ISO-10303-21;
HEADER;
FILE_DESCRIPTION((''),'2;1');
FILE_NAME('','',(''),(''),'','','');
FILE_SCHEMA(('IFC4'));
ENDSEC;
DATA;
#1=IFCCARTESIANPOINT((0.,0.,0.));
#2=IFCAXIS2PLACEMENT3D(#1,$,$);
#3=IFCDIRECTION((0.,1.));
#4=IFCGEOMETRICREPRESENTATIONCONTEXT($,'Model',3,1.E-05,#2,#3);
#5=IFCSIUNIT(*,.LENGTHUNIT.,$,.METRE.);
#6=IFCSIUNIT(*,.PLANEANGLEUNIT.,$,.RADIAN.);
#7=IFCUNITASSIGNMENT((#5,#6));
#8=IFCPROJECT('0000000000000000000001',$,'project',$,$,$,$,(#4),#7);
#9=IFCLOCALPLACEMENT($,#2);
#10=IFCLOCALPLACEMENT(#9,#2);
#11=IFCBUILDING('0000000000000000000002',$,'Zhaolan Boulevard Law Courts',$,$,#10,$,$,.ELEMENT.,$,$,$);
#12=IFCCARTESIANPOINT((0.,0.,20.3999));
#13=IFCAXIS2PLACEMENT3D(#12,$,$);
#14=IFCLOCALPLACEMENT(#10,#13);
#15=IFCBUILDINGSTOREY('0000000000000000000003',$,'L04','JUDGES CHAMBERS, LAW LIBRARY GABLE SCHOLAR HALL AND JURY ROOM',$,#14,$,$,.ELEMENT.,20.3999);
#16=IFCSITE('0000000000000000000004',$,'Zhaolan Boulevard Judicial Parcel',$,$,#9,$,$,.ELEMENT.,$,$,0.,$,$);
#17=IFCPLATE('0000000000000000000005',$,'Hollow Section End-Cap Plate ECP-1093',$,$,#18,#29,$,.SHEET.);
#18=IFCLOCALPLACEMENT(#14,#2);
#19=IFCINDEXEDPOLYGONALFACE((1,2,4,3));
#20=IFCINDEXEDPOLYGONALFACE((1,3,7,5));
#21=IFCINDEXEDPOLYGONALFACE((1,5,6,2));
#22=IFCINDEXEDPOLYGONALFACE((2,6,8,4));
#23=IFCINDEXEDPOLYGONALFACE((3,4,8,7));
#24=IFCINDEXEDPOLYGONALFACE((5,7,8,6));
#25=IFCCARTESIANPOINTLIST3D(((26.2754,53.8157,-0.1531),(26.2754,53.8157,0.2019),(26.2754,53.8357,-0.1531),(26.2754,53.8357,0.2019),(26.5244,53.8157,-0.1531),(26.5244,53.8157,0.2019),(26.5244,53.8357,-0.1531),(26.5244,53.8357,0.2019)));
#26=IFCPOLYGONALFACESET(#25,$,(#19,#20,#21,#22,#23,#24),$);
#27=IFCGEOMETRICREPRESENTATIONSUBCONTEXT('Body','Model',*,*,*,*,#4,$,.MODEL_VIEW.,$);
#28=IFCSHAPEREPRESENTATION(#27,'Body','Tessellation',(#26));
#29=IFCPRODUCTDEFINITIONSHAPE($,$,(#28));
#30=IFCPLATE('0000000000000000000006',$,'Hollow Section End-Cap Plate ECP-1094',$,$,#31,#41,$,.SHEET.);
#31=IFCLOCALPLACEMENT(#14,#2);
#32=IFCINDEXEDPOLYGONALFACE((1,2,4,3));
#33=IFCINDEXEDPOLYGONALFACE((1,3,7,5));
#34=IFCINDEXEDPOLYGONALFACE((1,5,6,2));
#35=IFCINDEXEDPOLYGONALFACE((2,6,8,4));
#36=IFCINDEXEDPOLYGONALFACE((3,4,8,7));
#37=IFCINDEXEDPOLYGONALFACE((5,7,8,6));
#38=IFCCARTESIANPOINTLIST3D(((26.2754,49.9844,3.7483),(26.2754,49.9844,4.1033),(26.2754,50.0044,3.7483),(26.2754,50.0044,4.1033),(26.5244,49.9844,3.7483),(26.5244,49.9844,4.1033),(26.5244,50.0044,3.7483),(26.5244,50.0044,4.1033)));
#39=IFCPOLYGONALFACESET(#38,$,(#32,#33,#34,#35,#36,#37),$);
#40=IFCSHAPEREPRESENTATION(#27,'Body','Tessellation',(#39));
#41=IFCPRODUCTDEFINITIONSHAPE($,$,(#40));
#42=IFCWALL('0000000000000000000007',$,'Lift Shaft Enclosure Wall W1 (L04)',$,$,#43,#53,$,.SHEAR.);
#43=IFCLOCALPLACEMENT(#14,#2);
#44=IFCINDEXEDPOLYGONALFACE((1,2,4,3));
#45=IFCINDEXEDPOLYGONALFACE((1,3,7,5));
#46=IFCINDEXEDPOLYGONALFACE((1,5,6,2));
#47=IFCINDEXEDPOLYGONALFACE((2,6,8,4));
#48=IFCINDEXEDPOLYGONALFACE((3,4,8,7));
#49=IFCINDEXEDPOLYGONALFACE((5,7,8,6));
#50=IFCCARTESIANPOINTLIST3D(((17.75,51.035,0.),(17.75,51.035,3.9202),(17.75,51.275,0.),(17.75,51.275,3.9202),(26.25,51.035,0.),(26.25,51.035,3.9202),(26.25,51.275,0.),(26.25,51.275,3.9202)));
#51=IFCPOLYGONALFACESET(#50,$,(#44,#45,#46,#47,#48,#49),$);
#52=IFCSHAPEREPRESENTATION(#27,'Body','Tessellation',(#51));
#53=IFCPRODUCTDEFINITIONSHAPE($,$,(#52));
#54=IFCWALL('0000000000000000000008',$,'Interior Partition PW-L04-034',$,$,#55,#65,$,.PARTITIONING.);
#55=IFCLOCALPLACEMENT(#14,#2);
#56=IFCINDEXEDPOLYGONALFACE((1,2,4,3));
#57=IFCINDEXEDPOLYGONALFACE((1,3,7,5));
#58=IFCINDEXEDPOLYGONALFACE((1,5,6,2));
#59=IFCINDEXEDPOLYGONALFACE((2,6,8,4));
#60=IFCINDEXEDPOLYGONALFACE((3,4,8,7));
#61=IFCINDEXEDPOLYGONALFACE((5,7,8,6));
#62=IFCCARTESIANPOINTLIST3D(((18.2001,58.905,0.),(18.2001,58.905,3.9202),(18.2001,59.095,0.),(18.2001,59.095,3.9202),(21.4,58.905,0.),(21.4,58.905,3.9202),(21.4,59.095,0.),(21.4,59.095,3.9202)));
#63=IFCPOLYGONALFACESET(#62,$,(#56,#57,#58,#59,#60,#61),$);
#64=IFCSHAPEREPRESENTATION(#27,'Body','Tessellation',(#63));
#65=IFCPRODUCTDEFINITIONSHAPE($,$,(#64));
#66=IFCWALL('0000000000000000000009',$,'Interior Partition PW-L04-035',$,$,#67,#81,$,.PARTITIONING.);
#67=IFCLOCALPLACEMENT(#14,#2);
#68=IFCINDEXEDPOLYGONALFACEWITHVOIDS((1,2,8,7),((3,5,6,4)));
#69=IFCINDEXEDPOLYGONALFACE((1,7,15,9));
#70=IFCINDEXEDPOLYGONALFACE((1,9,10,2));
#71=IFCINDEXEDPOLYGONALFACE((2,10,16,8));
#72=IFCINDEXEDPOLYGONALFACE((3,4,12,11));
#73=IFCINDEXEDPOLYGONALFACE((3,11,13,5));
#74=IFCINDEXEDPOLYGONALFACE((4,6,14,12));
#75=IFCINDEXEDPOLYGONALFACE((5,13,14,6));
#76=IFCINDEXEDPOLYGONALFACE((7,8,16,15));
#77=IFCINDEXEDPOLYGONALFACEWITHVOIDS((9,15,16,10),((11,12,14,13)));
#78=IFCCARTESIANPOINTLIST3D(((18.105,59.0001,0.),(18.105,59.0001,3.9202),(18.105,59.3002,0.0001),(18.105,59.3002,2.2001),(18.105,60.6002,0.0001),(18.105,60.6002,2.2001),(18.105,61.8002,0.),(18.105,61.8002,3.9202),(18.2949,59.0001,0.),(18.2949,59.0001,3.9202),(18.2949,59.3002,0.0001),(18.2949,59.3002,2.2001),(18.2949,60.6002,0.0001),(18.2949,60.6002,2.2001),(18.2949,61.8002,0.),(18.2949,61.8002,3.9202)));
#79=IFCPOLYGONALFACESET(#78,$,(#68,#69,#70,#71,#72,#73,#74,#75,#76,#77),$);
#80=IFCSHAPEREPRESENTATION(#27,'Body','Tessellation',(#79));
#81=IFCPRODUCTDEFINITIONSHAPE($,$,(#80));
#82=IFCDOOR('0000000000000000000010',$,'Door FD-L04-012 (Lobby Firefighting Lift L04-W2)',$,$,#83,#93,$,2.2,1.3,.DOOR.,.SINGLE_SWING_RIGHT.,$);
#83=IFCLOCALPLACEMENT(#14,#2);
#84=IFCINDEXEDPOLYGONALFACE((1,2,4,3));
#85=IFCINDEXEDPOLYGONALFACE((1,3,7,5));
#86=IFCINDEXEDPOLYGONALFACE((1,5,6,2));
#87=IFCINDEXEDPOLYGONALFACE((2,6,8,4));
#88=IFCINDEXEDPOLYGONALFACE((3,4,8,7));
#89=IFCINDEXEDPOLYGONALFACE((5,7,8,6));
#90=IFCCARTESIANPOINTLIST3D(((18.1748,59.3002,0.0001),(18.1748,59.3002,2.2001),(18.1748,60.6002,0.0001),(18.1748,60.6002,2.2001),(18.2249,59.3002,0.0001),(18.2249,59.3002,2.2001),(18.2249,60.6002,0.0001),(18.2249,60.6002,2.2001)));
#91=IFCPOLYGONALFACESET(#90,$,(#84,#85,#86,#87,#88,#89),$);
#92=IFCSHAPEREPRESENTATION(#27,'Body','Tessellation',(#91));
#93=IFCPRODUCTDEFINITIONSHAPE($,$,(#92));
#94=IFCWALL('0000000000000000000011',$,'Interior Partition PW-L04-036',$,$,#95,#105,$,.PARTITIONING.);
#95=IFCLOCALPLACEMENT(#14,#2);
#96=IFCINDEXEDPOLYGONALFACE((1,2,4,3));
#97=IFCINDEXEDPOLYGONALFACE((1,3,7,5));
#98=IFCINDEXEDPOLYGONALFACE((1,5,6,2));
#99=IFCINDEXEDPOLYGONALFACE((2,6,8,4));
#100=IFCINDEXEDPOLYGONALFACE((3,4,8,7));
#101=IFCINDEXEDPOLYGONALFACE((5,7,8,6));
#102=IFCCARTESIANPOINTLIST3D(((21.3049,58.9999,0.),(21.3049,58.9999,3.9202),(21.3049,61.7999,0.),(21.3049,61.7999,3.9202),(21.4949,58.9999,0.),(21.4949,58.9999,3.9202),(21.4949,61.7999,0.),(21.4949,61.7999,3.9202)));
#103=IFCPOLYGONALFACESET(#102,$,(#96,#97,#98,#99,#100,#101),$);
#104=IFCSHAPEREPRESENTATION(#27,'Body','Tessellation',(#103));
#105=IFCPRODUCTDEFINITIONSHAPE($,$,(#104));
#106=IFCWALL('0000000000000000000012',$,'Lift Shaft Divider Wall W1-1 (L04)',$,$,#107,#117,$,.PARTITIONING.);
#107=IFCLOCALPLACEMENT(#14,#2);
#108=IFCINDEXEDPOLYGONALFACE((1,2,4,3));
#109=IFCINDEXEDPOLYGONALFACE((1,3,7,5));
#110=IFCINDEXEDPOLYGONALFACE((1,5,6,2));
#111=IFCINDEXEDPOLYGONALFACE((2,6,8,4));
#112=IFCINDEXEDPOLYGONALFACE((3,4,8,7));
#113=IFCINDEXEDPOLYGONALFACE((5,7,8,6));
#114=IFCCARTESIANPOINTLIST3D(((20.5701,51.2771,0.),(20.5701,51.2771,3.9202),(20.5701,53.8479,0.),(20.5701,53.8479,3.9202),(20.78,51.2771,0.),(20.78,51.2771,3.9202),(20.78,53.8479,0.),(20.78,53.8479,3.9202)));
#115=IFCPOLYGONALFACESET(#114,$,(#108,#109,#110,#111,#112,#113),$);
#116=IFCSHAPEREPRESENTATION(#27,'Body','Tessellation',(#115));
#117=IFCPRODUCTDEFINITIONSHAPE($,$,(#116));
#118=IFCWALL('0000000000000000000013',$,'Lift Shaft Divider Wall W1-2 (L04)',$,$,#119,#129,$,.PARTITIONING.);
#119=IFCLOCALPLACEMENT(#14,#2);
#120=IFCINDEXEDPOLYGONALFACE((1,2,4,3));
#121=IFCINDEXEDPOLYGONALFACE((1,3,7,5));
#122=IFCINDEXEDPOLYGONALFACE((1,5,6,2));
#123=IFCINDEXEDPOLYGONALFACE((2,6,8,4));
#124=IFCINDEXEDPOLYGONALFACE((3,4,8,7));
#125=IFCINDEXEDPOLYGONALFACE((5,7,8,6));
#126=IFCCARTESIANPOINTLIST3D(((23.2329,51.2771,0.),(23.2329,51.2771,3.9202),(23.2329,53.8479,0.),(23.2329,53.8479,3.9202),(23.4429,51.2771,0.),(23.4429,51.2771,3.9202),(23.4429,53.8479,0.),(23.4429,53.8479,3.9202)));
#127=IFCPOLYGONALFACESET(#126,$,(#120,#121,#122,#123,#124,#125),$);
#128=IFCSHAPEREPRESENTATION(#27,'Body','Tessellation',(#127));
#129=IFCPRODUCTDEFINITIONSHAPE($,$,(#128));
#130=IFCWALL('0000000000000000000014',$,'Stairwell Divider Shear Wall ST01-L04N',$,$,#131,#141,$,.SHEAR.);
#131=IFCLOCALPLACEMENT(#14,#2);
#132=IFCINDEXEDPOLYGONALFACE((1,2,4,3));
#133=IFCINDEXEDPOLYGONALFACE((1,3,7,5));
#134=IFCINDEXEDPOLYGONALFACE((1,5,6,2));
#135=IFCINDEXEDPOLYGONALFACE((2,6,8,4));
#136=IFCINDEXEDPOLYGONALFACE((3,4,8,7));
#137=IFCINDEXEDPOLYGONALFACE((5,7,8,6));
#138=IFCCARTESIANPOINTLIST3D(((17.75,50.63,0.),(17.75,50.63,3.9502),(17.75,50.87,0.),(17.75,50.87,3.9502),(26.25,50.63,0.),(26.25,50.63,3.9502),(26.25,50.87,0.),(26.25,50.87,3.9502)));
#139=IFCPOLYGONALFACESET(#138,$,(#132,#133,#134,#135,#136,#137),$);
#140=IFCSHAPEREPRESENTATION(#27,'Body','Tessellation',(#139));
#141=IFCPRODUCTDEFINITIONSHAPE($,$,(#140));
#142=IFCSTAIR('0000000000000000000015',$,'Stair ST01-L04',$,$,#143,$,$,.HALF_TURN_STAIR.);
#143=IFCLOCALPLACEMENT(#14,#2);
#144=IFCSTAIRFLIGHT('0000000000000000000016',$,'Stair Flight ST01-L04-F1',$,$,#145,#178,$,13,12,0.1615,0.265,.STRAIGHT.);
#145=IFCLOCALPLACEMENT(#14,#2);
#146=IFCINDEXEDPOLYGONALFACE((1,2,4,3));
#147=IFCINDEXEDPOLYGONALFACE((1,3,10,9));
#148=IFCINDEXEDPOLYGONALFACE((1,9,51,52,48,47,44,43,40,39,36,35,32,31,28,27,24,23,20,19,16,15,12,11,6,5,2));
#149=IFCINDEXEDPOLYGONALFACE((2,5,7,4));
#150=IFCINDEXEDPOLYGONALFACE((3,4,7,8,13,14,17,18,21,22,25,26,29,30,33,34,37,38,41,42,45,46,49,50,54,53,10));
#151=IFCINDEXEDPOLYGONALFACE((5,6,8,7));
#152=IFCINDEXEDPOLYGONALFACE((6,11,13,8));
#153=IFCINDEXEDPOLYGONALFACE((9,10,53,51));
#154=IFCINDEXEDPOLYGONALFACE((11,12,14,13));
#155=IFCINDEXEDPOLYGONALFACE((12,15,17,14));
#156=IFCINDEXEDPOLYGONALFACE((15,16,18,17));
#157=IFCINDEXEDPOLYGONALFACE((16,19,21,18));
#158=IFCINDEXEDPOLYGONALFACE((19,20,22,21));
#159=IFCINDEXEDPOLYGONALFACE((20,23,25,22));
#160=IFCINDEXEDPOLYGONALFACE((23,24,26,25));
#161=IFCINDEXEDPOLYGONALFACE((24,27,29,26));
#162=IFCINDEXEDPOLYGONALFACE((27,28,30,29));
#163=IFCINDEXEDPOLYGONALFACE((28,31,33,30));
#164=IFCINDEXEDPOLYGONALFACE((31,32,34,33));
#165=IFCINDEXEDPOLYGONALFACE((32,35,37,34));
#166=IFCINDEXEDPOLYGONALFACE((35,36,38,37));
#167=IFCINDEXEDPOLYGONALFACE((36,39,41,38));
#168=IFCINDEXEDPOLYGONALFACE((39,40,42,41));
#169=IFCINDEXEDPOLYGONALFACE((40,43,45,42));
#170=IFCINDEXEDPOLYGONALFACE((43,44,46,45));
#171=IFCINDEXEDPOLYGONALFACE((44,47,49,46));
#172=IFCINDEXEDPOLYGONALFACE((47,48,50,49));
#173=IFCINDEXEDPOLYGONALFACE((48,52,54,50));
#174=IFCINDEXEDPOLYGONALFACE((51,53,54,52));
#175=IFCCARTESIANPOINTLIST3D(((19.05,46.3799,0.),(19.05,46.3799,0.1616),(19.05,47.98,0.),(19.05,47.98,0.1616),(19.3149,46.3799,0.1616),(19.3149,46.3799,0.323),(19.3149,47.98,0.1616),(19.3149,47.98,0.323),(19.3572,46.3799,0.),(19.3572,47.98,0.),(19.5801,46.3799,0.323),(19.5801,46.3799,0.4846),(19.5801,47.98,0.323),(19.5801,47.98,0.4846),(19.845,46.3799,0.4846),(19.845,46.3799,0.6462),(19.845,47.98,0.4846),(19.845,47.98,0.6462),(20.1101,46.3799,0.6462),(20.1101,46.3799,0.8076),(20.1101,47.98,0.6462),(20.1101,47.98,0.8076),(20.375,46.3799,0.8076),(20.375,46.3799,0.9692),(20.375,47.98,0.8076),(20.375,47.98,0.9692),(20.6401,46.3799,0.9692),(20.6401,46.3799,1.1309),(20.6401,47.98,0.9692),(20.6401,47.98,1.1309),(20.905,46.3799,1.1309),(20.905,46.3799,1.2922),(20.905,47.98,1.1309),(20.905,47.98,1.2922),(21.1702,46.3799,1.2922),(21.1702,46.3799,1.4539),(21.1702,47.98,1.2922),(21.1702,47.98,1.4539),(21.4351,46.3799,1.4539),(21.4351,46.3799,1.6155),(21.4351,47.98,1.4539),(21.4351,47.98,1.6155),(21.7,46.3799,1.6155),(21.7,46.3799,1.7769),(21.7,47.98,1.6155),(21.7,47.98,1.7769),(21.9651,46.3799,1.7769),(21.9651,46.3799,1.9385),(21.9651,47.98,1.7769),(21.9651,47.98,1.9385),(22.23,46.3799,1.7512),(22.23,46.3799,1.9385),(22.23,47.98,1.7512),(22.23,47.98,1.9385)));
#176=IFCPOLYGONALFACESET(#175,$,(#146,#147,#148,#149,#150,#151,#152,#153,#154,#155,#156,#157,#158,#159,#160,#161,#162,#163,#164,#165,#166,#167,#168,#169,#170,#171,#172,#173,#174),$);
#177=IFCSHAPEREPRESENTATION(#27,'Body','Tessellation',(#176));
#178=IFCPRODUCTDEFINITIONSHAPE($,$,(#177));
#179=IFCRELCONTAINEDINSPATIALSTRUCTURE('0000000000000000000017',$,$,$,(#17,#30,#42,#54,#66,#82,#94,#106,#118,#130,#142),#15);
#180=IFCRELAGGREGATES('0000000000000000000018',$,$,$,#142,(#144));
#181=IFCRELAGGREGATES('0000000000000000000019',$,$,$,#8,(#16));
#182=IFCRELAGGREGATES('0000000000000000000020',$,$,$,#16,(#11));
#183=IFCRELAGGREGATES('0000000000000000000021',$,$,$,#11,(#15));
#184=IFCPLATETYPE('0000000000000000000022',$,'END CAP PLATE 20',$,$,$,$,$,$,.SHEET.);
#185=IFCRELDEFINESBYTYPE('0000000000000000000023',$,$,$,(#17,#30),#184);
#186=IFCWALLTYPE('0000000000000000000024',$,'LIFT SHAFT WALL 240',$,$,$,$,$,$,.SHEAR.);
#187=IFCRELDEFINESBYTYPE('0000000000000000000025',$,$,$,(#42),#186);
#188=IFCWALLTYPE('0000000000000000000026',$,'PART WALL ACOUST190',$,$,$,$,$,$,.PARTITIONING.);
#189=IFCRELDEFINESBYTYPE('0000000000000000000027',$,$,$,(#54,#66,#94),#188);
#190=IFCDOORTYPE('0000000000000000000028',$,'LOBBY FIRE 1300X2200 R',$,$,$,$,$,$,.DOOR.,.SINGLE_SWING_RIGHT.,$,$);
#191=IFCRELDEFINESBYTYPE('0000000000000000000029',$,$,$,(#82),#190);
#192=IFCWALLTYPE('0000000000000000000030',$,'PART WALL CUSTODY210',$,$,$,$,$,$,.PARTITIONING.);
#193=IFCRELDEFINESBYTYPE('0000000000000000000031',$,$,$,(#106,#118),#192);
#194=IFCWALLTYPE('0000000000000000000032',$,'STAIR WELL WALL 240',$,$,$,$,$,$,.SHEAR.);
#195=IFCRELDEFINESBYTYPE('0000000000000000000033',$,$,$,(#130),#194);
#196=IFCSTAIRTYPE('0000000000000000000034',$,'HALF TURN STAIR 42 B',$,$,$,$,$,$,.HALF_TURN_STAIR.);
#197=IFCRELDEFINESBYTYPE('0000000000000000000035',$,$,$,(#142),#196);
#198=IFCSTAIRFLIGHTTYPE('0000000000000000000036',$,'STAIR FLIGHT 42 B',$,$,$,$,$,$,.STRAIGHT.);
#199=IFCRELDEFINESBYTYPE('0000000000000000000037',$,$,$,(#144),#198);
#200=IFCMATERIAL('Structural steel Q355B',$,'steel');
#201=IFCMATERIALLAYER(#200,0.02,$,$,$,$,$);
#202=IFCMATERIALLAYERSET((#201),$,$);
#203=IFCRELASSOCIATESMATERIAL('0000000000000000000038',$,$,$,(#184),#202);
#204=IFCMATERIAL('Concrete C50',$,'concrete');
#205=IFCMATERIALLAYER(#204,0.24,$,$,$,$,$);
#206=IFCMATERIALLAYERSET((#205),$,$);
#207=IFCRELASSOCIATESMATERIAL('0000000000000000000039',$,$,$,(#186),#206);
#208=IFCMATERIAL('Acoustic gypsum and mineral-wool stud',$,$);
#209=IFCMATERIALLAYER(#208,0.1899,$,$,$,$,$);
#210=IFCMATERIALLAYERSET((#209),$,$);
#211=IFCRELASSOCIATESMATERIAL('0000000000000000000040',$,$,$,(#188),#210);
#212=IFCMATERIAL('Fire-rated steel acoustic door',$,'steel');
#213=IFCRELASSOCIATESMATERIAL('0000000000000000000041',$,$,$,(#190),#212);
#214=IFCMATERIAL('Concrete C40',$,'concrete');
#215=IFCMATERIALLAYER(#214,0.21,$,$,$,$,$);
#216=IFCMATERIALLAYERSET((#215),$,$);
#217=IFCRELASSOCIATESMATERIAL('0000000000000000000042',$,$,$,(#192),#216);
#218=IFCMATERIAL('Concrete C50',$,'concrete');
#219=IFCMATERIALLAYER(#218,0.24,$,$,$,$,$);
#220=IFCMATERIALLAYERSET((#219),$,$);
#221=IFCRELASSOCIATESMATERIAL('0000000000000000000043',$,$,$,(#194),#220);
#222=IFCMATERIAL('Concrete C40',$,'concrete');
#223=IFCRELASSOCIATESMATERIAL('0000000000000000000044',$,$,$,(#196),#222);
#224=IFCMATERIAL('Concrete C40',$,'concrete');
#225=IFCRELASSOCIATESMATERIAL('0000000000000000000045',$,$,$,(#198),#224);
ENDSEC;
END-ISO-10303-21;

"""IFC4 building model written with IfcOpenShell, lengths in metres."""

from ifc_helpers import new_model, si_unit, direction, frame, frame_2d, origin, origin_2d, place, context, subcontext, project, spatial, polyline, rectangle, outline, extrude, material, layer, layer_set, type_object, element, fill, aggregate, save


model = new_model("IFC4")

# Units and contexts
model_context = context("Model", 3, precision=1e-05, world=origin(), true_north=direction((0.0, 1.0)))
body_context = subcontext(model_context, "Body", "Model", "MODEL_VIEW")
ifc_project = project(units=[si_unit("LENGTHUNIT", "METRE"), si_unit("PLANEANGLEUNIT", "RADIAN")], contexts=[model_context])

# Site, building, storey
site_placement = place(None, origin())
site = spatial("IfcSite", under=ifc_project, at=site_placement, Name="Zhaolan Boulevard Judicial Parcel", CompositionType="ELEMENT", RefElevation=0.0)
building_placement = place(site_placement, origin())
building = spatial("IfcBuilding", under=site, at=building_placement, Name="Zhaolan Boulevard Law Courts", CompositionType="ELEMENT")
storey_placement = place(building_placement, frame((0.0, 0.0, 20.3999)))
storey = spatial("IfcBuildingStorey", under=building, at=storey_placement, Name="L04", Description="JUDGES CHAMBERS, LAW LIBRARY GABLE SCHOLAR HALL AND JURY ROOM", CompositionType="ELEMENT", Elevation=20.3999)

# Plates
ifc_material_1 = material(Name="Structural steel Q355B", Category="steel")
ifc_layer_1 = layer(ifc_material_1, 0.02)
ifc_layer_set_1 = layer_set([ifc_layer_1])
plate_type_1 = type_object("IfcPlateType", Name="END CAP PLATE 20", PredefinedType="SHEET", material=ifc_layer_set_1)
for number, where, z_axis, x_axis, name in (
    (1, (26.3999, 53.8257, -0.1531), (0.0, 0.0, 1.0), (0.0, -1.0, 0.0), "Hollow Section End-Cap Plate ECP-1093"),
    (2, (26.3999, 49.9944, 3.7483), (0.0, 0.0, 1.0), (0.0, -1.0, 0.0), "Hollow Section End-Cap Plate ECP-1094"),
):
    element("IfcPlate", number, at=place(storey_placement, frame(where, z_axis=z_axis, x_axis=x_axis)), inside=storey, type_object=plate_type_1, Name=name, PredefinedType="SHEET", context=body_context, shape_type="SweptSolid", body=[
        extrude(rectangle(XDim=0.02, YDim=0.249, at=origin_2d()), origin(), (0.0, 0.0, 1.0), 0.355),
    ])

# Walls
ifc_material_2 = material(Name="Concrete C50", Category="concrete")
ifc_layer_2 = layer(ifc_material_2, 0.24)
ifc_layer_set_2 = layer_set([ifc_layer_2])
wall_type_1 = type_object("IfcWallType", Name="LIFT SHAFT WALL 240", PredefinedType="SHEAR", material=ifc_layer_set_2)
wall_1_placement = place(storey_placement, frame((17.75, 51.155, 0.0), z_axis=(0.0, 0.0, 1.0), x_axis=(1.0, 0.0, 0.0)))
element("IfcWall", 3, at=wall_1_placement, inside=storey, type_object=wall_type_1, Name="Lift Shaft Enclosure Wall W1 (L04)", PredefinedType="SHEAR", context=body_context, shape_type="SweptSolid", body=[
    extrude(rectangle(XDim=8.5, YDim=0.24, at=frame_2d((4.25, 0.0))), origin(), (0.0, 0.0, 1.0), 3.9202),
])
ifc_material_3 = material(Name="Acoustic gypsum and mineral-wool stud")
ifc_layer_3 = layer(ifc_material_3, 0.1899)
ifc_layer_set_3 = layer_set([ifc_layer_3])
wall_type_2 = type_object("IfcWallType", Name="PART WALL ACOUST190", PredefinedType="PARTITIONING", material=ifc_layer_set_3)
wall_2_placement = place(storey_placement, frame((18.2, 59.0, 0.0), z_axis=(0.0, 0.0, 1.0), x_axis=(1.0, 0.0, 0.0)))
element("IfcWall", 4, at=wall_2_placement, inside=storey, type_object=wall_type_2, Name="Interior Partition PW-L04-034", PredefinedType="PARTITIONING", context=body_context, shape_type="SweptSolid", body=[
    extrude(rectangle(XDim=3.2, YDim=0.1899, at=frame_2d((1.6001, 0.0))), origin(), (0.0, 0.0, 1.0), 3.9202),
])

# Wall, opening, door
wall_3_placement = place(storey_placement, frame((18.2, 61.8, 0.0), z_axis=(0.0, 0.0, 1.0), x_axis=(0.0, -1.0, 0.0)))
wall_3 = element("IfcWall", 5, at=wall_3_placement, inside=storey, type_object=wall_type_2, Name="Interior Partition PW-L04-035", PredefinedType="PARTITIONING", context=body_context, shape_type="SweptSolid", body=[
    extrude(rectangle(XDim=2.8, YDim=0.1899, at=frame_2d((1.3999, 0.0))), origin(), (0.0, 0.0, 1.0), 3.9202),
])
opening_1_placement = place(wall_3_placement, frame((1.2, 0.0, 0.0)))
opening_1 = element("IfcOpeningElement", 6, at=opening_1_placement, cuts=wall_3, PredefinedType="OPENING", context=body_context, shape_type="SweptSolid", body=[
    extrude(rectangle(XDim=1.3, YDim=2.2, at=frame_2d((0.6499, 1.1001))), frame((0.0, 0.105, 0.0), z_axis=(0.0, -1.0, 0.0), x_axis=(1.0, 0.0, 0.0)), (0.0, 0.0, 1.0), 0.21),
])
ifc_material_4 = material(Name="Fire-rated steel acoustic door", Category="steel")
door_type_1 = type_object("IfcDoorType", Name="LOBBY FIRE 1300X2200 R", OperationType="SINGLE_SWING_RIGHT", PredefinedType="DOOR", material=ifc_material_4)
door_1_placement = place(opening_1_placement, origin())
door_1 = element("IfcDoor", 7, at=door_1_placement, inside=storey, type_object=door_type_1, Name="Door FD-L04-012 (Lobby Firefighting Lift L04-W2)", OperationType="SINGLE_SWING_RIGHT", OverallHeight=2.2, OverallWidth=1.3, PredefinedType="DOOR", context=body_context, shape_type="SweptSolid", body=[
    extrude(rectangle(XDim=1.3, YDim=2.2, at=frame_2d((0.6499, 1.1001))), frame((0.0, 0.0249, 0.0), z_axis=(0.0, -1.0, 0.0), x_axis=(1.0, 0.0, 0.0)), (0.0, 0.0, 1.0), 0.05),
])
fill(opening_1, door_1)

# Walls
wall_4_placement = place(storey_placement, frame((21.3999, 59.0, 0.0), z_axis=(0.0, 0.0, 1.0), x_axis=(0.0, 1.0, 0.0)))
element("IfcWall", 8, at=wall_4_placement, inside=storey, type_object=wall_type_2, Name="Interior Partition PW-L04-036", PredefinedType="PARTITIONING", context=body_context, shape_type="SweptSolid", body=[
    extrude(rectangle(XDim=2.8, YDim=0.1899, at=frame_2d((1.3999, 0.0))), origin(), (0.0, 0.0, 1.0), 3.9202),
])
ifc_material_5 = material(Name="Concrete C40", Category="concrete")
ifc_layer_4 = layer(ifc_material_5, 0.21)
ifc_layer_set_4 = layer_set([ifc_layer_4])
wall_type_3 = type_object("IfcWallType", Name="PART WALL CUSTODY210", PredefinedType="PARTITIONING", material=ifc_layer_set_4)
for number, where, z_axis, x_axis, name in (
    (9, (20.675, 51.2771, 0.0), (0.0, 0.0, 1.0), (0.0, 1.0, 0.0), "Lift Shaft Divider Wall W1-1 (L04)"),
    (10, (23.3379, 51.2771, 0.0), (0.0, 0.0, 1.0), (0.0, 1.0, 0.0), "Lift Shaft Divider Wall W1-2 (L04)"),
):
    element("IfcWall", number, at=place(storey_placement, frame(where, z_axis=z_axis, x_axis=x_axis)), inside=storey, type_object=wall_type_3, Name=name, PredefinedType="PARTITIONING", context=body_context, shape_type="SweptSolid", body=[
        extrude(rectangle(XDim=2.5708, YDim=0.21, at=frame_2d((1.2854, 0.0))), origin(), (0.0, 0.0, 1.0), 3.9202),
    ])
ifc_material_6 = material(Name="Concrete C50", Category="concrete")
ifc_layer_5 = layer(ifc_material_6, 0.24)
ifc_layer_set_5 = layer_set([ifc_layer_5])
wall_type_4 = type_object("IfcWallType", Name="STAIR WELL WALL 240", PredefinedType="SHEAR", material=ifc_layer_set_5)
wall_5_placement = place(storey_placement, frame((17.75, 50.75, 0.0), z_axis=(0.0, 0.0, 1.0), x_axis=(1.0, 0.0, 0.0)))
element("IfcWall", 11, at=wall_5_placement, inside=storey, type_object=wall_type_4, Name="Stairwell Divider Shear Wall ST01-L04N", PredefinedType="SHEAR", context=body_context, shape_type="SweptSolid", body=[
    extrude(rectangle(XDim=8.5, YDim=0.24, at=frame_2d((4.25, 0.0))), origin(), (0.0, 0.0, 1.0), 3.9502),
])

# Stair, stair flight
ifc_material_7 = material(Name="Concrete C40", Category="concrete")
stair_type = type_object("IfcStairType", Name="HALF TURN STAIR 42 B", PredefinedType="HALF_TURN_STAIR", material=ifc_material_7)
stair_placement = place(storey_placement, origin())
stair = element("IfcStair", 12, at=stair_placement, inside=storey, type_object=stair_type, Name="Stair ST01-L04", PredefinedType="HALF_TURN_STAIR")
ifc_material_8 = material(Name="Concrete C40", Category="concrete")
stair_flight_type = type_object("IfcStairFlightType", Name="STAIR FLIGHT 42 B", PredefinedType="STRAIGHT", material=ifc_material_8)
stair_flight_1_placement = place(storey_placement, frame((19.05, 47.1799, 0.0), z_axis=(0.0, 0.0, 1.0), x_axis=(1.0, 0.0, 0.0)))
stair_flight_1 = element("IfcStairFlight", 13, at=stair_flight_1_placement, type_object=stair_flight_type, Name="Stair Flight ST01-L04-F1", NumberOfRisers=13, NumberOfTreads=12, PredefinedType="STRAIGHT", RiserHeight=0.1615, TreadLength=0.265, context=body_context, shape_type="SweptSolid", body=[
    extrude(outline(polyline([(0.0, 0.0), (0.0, 0.1616), (0.2649, 0.1616), (0.2649, 0.323), (0.53, 0.323), (0.53, 0.4846), (0.7949, 0.4846), (0.7949, 0.6462), (1.0601, 0.6462), (1.0601, 0.8076), (1.325, 0.8076), (1.325, 0.9692), (1.5901, 0.9692), (1.5901, 1.1309), (1.855, 1.1309), (1.855, 1.2922), (2.1201, 1.2922), (2.1201, 1.4539), (2.385, 1.4539), (2.385, 1.6155), (2.6499, 1.6155), (2.6499, 1.7769), (2.915, 1.7769), (2.915, 1.9385), (3.1799, 1.9385), (3.1799, 2.1001), (3.1799, 1.7512), (0.3071, 0.0), (0.0, 0.0)])), frame((0.0, 0.8, 0.0), z_axis=(0.0, -1.0, 0.0), x_axis=(1.0, 0.0, 0.0)), (0.0, 0.0, 1.0), 1.6001),
])
aggregate(stair, [stair_flight_1])

save(model, "model.ifc")
